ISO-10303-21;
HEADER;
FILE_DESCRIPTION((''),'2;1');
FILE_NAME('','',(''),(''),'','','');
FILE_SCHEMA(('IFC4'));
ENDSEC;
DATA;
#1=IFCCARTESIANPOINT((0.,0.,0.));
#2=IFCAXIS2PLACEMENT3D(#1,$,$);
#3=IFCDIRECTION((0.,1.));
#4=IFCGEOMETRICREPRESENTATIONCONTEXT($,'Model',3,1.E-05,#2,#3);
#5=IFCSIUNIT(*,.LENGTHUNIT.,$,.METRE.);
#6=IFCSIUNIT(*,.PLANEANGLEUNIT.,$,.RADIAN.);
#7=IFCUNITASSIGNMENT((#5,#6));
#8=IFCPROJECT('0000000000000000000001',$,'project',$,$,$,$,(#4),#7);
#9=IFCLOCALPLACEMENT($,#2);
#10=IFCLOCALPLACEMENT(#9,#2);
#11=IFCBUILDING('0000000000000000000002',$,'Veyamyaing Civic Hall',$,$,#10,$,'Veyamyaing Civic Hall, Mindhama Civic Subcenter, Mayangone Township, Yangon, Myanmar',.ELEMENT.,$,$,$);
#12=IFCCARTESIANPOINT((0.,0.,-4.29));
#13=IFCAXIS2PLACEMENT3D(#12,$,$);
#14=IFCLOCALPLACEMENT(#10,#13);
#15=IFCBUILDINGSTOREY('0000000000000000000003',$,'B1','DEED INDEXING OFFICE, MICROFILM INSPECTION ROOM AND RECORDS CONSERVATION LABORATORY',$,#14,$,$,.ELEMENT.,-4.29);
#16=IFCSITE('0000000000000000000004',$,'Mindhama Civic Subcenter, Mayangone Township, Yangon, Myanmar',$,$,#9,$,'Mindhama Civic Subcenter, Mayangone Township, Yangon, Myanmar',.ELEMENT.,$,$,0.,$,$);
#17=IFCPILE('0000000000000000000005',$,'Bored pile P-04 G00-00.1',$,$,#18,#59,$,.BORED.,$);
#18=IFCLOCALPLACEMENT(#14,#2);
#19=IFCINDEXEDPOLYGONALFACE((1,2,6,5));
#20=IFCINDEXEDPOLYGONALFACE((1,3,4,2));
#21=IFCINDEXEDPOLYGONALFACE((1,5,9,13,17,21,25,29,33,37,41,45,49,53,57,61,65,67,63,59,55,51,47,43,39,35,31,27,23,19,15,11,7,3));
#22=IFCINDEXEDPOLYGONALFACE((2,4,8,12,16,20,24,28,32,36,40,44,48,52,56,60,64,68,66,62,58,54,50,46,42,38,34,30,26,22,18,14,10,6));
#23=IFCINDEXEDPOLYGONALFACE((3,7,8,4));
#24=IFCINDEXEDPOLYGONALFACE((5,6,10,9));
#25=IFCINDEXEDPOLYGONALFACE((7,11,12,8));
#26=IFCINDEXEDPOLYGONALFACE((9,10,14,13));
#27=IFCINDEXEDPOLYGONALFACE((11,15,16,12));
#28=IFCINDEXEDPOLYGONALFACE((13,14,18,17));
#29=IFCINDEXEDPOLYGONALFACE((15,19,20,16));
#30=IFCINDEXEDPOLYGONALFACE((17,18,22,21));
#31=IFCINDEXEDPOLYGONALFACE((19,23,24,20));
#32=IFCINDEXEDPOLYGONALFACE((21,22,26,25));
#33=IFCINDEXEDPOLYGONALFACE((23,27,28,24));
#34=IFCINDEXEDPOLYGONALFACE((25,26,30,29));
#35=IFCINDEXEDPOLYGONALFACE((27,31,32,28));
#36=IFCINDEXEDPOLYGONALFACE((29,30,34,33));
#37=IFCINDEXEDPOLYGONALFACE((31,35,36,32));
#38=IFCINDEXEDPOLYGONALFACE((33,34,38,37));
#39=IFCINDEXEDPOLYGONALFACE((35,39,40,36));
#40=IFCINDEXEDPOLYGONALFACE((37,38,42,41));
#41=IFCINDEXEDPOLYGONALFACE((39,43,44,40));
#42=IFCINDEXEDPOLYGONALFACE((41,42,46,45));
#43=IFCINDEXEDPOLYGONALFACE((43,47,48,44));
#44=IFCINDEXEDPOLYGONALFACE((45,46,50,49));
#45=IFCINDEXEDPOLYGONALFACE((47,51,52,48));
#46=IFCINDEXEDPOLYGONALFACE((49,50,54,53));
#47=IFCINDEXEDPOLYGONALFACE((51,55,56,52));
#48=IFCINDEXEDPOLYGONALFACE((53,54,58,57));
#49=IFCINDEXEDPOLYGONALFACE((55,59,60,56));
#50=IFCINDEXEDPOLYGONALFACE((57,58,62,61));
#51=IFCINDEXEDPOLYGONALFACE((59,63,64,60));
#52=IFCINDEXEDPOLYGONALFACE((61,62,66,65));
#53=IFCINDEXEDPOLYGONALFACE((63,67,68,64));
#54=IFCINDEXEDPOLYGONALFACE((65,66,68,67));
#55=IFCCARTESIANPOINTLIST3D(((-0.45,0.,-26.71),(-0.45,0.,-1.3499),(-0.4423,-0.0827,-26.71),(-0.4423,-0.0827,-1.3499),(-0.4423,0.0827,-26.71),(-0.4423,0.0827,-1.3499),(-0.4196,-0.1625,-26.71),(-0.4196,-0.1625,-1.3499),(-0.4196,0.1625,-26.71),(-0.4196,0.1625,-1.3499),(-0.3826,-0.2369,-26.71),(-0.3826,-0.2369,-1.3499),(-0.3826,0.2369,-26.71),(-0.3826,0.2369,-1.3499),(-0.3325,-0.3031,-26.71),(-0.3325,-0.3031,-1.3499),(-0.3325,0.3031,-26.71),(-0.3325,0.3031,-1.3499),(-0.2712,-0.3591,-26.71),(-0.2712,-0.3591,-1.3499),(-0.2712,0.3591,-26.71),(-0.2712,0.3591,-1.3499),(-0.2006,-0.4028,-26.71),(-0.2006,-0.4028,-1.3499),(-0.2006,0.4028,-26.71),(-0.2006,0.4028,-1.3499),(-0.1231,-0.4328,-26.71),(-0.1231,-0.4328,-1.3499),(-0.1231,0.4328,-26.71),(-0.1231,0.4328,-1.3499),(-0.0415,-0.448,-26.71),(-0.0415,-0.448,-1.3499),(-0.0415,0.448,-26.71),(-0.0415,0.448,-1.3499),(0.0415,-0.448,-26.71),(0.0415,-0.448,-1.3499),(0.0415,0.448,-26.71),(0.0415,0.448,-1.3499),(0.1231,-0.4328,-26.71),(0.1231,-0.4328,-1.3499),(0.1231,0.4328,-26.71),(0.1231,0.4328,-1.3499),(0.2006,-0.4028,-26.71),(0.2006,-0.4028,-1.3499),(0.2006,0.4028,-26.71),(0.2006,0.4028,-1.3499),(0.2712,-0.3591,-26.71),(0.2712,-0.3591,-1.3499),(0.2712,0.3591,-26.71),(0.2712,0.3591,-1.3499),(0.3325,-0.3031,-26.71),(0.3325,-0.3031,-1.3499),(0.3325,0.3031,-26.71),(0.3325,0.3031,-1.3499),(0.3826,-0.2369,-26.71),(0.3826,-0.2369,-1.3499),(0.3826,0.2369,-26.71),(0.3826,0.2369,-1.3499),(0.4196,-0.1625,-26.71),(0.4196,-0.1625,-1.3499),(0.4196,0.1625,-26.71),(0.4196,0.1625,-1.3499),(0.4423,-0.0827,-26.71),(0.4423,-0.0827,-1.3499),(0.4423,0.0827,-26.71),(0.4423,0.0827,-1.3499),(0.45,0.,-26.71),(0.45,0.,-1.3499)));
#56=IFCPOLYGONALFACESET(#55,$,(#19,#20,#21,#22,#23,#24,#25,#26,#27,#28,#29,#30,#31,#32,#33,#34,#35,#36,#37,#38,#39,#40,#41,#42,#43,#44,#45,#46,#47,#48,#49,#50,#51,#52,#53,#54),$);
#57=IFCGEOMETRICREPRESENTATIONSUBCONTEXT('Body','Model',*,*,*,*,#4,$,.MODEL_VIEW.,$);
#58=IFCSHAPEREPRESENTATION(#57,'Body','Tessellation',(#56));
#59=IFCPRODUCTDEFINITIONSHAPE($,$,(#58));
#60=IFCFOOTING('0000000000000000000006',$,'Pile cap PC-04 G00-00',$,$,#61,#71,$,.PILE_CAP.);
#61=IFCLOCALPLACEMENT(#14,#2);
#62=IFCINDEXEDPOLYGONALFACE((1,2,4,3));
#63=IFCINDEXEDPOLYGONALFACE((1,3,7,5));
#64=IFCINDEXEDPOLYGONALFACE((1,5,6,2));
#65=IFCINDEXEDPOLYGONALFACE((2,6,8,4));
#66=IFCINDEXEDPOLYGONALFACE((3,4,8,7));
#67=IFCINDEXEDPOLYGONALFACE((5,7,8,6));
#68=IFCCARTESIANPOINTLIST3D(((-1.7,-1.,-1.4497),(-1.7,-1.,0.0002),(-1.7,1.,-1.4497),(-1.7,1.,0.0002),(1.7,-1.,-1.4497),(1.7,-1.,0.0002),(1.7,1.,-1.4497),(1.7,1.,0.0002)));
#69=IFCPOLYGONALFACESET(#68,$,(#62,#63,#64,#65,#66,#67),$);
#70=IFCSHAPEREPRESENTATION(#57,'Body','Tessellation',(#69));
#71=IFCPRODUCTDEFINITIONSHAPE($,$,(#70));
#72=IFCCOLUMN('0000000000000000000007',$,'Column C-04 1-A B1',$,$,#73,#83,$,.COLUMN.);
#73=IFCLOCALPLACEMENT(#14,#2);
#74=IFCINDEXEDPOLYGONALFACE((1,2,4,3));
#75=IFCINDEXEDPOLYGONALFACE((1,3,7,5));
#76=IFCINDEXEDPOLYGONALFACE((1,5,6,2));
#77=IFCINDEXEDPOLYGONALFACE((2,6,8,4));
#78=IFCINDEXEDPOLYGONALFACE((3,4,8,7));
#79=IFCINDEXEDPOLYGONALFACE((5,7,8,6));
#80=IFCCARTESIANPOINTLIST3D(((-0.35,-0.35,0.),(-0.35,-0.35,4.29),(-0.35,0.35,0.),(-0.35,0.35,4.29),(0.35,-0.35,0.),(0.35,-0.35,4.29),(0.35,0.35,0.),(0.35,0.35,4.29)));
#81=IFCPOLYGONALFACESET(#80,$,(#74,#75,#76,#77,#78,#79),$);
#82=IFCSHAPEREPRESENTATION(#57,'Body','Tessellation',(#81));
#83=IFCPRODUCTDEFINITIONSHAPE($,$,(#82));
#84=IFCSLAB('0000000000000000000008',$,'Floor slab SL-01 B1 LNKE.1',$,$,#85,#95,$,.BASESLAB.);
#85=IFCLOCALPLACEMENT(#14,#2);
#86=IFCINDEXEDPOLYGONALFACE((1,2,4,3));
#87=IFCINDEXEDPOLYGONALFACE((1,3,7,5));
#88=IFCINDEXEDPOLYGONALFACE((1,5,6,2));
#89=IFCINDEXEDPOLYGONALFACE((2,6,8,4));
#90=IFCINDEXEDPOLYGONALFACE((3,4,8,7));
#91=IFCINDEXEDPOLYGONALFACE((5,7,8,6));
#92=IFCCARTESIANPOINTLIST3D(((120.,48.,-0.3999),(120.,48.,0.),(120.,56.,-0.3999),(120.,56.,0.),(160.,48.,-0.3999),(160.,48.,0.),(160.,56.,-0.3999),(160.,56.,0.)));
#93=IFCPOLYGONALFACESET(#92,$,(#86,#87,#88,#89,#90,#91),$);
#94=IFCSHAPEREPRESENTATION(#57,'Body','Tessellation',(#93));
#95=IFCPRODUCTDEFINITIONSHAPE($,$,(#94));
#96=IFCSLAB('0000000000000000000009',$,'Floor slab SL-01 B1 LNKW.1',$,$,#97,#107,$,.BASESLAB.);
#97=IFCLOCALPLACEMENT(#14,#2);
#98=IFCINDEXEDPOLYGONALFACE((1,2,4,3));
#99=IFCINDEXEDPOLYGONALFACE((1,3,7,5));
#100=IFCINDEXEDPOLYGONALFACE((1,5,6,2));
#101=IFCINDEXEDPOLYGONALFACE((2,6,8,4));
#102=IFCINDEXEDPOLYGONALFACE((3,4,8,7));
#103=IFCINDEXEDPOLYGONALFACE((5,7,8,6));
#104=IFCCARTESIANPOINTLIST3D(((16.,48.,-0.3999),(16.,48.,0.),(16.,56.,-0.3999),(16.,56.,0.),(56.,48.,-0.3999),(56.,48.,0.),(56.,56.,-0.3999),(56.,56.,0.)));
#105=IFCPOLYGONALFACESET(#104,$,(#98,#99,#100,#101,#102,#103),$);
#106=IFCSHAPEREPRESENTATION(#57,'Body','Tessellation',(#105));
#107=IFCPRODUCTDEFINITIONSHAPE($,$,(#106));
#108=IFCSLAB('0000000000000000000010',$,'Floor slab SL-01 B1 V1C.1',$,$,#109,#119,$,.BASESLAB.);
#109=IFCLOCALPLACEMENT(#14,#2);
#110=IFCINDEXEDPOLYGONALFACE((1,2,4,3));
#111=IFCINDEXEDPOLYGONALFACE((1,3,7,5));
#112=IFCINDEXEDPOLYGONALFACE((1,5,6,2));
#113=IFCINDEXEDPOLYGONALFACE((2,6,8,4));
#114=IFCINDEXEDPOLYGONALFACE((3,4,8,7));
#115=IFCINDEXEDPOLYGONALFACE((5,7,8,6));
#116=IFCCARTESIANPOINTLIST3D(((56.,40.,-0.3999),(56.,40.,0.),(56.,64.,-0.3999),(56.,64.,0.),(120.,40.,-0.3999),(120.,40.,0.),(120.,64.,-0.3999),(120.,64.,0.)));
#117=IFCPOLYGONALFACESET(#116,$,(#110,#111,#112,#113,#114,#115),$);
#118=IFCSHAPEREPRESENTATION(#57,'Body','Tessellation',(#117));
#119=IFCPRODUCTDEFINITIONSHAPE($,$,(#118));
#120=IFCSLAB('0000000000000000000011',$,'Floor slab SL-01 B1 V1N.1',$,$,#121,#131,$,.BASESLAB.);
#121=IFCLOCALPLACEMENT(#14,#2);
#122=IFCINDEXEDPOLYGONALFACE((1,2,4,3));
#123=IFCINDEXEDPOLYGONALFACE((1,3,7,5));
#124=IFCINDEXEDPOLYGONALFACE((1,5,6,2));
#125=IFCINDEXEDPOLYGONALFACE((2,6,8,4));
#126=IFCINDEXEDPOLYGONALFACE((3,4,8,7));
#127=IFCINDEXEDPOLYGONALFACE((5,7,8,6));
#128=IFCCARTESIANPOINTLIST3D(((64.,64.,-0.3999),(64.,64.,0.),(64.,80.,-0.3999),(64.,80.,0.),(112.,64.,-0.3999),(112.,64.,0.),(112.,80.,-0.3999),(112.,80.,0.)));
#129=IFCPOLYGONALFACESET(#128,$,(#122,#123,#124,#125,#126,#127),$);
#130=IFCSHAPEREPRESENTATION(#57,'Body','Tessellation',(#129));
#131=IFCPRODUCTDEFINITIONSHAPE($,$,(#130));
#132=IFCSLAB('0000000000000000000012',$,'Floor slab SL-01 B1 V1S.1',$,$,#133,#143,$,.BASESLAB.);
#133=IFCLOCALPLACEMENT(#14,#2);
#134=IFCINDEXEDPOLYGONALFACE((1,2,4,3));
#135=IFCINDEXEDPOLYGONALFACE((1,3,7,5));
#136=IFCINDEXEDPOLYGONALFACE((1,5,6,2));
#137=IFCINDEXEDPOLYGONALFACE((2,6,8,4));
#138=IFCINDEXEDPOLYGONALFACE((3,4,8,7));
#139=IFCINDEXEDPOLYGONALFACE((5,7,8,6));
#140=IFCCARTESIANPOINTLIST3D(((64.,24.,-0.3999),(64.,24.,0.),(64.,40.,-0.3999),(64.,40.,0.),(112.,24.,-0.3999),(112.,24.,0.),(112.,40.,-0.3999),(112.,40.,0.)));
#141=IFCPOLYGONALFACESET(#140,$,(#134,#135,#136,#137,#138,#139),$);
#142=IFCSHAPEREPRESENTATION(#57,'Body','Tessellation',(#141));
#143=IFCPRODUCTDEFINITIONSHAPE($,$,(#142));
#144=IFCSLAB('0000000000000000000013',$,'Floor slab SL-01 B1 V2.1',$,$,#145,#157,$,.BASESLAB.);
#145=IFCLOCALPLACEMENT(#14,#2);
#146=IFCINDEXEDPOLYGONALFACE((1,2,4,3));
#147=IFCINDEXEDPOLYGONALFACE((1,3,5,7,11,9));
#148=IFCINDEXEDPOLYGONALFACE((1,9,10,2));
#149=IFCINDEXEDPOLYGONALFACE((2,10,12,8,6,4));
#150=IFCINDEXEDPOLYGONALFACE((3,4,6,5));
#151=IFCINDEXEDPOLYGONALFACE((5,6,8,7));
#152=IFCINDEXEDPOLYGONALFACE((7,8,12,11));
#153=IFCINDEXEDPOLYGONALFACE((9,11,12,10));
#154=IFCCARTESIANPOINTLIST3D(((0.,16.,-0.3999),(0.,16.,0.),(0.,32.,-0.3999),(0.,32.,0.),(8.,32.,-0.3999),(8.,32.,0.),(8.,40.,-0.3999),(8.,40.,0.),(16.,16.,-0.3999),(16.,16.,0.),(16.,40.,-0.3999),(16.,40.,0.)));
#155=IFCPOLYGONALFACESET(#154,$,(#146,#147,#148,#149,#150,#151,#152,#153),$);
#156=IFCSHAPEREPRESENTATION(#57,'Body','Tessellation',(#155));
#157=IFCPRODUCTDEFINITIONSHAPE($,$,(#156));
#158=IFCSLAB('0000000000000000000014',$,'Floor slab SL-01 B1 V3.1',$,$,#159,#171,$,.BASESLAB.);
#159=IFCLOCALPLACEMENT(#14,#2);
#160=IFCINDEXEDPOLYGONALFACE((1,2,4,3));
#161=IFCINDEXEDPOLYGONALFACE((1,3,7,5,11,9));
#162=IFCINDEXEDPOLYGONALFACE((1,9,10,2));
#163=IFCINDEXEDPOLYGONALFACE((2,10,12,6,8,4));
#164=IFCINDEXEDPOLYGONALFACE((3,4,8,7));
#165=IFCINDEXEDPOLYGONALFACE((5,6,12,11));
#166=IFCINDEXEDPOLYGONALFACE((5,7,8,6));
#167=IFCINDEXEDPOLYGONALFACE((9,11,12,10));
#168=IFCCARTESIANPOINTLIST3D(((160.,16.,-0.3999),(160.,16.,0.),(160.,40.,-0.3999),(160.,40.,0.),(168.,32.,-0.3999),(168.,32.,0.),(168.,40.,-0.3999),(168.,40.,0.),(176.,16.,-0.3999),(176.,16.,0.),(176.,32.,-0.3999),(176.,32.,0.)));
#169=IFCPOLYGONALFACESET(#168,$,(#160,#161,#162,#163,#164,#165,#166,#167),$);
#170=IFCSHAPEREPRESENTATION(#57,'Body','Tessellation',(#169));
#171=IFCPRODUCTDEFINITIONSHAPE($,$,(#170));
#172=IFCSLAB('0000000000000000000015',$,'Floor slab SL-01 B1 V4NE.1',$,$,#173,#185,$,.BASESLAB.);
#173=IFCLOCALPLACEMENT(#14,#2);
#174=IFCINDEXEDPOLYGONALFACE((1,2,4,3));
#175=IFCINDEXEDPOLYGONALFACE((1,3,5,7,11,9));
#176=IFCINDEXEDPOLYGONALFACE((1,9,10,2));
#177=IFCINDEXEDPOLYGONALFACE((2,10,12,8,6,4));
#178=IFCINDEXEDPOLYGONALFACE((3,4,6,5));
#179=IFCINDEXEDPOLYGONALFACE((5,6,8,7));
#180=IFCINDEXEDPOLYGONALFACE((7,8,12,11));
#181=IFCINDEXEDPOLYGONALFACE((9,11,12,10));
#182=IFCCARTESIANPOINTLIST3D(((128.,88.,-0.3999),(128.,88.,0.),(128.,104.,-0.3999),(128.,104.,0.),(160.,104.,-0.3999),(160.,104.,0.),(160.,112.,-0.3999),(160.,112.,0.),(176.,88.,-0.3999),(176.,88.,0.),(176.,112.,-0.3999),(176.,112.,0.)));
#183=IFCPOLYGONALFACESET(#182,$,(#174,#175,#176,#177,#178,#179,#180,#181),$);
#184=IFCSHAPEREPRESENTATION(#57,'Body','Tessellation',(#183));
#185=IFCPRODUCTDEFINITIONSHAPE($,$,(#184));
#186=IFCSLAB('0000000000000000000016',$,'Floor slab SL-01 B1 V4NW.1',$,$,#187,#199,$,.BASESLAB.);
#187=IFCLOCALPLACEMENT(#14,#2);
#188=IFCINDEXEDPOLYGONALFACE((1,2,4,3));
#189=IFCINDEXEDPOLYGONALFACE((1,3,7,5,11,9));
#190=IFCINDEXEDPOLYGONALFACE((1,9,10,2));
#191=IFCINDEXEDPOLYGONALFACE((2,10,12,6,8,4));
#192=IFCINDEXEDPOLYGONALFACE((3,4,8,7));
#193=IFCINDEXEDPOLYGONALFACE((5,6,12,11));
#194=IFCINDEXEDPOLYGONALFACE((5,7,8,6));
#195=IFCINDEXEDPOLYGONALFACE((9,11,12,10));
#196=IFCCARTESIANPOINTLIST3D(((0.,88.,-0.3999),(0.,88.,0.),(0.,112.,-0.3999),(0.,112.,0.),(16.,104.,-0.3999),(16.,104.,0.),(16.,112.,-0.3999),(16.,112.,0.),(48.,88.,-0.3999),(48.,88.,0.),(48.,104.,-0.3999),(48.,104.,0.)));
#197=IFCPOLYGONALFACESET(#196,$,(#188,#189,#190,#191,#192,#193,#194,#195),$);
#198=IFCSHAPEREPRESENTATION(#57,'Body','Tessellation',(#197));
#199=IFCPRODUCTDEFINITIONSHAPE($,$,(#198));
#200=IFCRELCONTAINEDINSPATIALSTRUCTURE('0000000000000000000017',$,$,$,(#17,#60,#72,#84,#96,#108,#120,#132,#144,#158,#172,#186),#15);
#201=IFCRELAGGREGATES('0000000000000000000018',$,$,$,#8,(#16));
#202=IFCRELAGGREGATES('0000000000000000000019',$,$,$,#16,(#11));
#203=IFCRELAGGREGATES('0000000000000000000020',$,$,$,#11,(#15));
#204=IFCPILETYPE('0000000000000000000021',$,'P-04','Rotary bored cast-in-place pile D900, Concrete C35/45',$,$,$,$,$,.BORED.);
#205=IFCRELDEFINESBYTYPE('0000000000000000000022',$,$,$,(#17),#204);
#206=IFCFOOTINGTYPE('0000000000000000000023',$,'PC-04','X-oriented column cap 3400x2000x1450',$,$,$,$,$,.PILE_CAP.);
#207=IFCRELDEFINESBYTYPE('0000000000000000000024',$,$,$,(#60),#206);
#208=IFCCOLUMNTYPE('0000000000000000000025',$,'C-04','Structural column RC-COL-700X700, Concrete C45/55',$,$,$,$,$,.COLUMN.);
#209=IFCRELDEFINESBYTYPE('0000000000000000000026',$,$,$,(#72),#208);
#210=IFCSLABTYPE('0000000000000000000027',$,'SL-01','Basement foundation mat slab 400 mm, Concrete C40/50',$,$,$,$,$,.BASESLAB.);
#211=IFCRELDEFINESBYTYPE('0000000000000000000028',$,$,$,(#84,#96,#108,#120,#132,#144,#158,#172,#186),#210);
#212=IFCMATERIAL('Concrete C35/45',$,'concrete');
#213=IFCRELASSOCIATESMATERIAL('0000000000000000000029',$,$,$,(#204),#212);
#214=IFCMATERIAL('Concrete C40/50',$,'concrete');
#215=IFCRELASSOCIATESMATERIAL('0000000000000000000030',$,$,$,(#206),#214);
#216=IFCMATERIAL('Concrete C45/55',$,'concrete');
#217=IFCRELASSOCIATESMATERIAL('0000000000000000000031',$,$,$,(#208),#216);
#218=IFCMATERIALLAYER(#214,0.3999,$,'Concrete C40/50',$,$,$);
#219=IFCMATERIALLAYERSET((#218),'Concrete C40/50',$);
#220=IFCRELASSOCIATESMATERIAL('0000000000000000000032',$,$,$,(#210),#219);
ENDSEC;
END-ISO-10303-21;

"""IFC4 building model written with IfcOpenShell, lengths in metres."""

from ifc_helpers import new_model, si_unit, direction, frame, origin, origin_with_axes, origin_2d, place, context, subcontext, project, spatial, polyline, rectangle, circle, outline, extrude, material, layer, layer_set, material_profile, profile_set, type_object, element, save


model = new_model("IFC4")

# Units and contexts
model_context = context("Model", 3, precision=1e-05, world=origin(), true_north=direction((0.0, 1.0)))
body_context = subcontext(model_context, "Body", "Model", "MODEL_VIEW")
ifc_project = project(units=[si_unit("LENGTHUNIT", "METRE"), si_unit("PLANEANGLEUNIT", "RADIAN")], contexts=[model_context])

# Site, building, storey
site_placement = place(None, origin())
site = spatial("IfcSite", under=ifc_project, at=site_placement, Name="Mindhama Civic Subcenter, Mayangone Township, Yangon, Myanmar", LongName="Mindhama Civic Subcenter, Mayangone Township, Yangon, Myanmar", CompositionType="ELEMENT", RefElevation=0.0)
building_placement = place(site_placement, origin())
building = spatial("IfcBuilding", under=site, at=building_placement, Name="Veyamyaing Civic Hall", LongName="Veyamyaing Civic Hall, Mindhama Civic Subcenter, Mayangone Township, Yangon, Myanmar", CompositionType="ELEMENT")
storey_placement = place(building_placement, frame((0.0, 0.0, -4.29)))
storey = spatial("IfcBuildingStorey", under=building, at=storey_placement, Name="B1", Description="DEED INDEXING OFFICE, MICROFILM INSPECTION ROOM AND RECORDS CONSERVATION LABORATORY", CompositionType="ELEMENT", Elevation=-4.29)

# Pile
ifc_material_1 = material(Name="Concrete C35/45", Category="concrete")
ifc_material_profile_1 = material_profile(ifc_material_1, circle(Radius=0.45, at=origin_2d()), Name="PILE-D900")
ifc_profile_set_1 = profile_set([ifc_material_profile_1], Name="Concrete C35/45")
pile_type = type_object("IfcPileType", Name="P-04", Description="Rotary bored cast-in-place pile D900, Concrete C35/45", PredefinedType="BORED", material=ifc_profile_set_1)
pile_placement = place(storey_placement, frame((0.0, 0.0, -1.3499), z_axis=(0.0, 0.0, -1.0), x_axis=(1.0, 0.0, 0.0)))
element("IfcPile", 1, at=pile_placement, inside=storey, type_object=pile_type, Name="Bored pile P-04 G00-00.1", PredefinedType="BORED", context=body_context, shape_type="SweptSolid", body=[
    extrude(circle(Radius=0.45, at=origin_2d()), origin(), (0.0, 0.0, 1.0), 25.3601),
])

# Footing
ifc_material_2 = material(Name="Concrete C40/50", Category="concrete")
footing_type = type_object("IfcFootingType", Name="PC-04", Description="X-oriented column cap 3400x2000x1450", PredefinedType="PILE_CAP", material=ifc_material_2)
footing_placement = place(storey_placement, frame((0.0, 0.0, -1.4497), z_axis=(0.0, 0.0, 1.0), x_axis=(1.0, 0.0, 0.0)))
element("IfcFooting", 2, at=footing_placement, inside=storey, type_object=footing_type, Name="Pile cap PC-04 G00-00", PredefinedType="PILE_CAP", context=body_context, shape_type="SweptSolid", body=[
    extrude(rectangle(XDim=3.3999, YDim=2.0, at=origin_2d()), origin(), (0.0, 0.0, 1.0), 1.45),
])

# Column
ifc_material_3 = material(Name="Concrete C45/55", Category="concrete")
ifc_material_profile_2 = material_profile(ifc_material_3, rectangle(XDim=0.7, YDim=0.7, at=origin_2d()), Name="RC-COL-700X700")
ifc_profile_set_2 = profile_set([ifc_material_profile_2], Name="Concrete C45/55")
column_type = type_object("IfcColumnType", Name="C-04", Description="Structural column RC-COL-700X700, Concrete C45/55", PredefinedType="COLUMN", material=ifc_profile_set_2)
column_placement = place(storey_placement, origin_with_axes())
element("IfcColumn", 3, at=column_placement, inside=storey, type_object=column_type, Name="Column C-04 1-A B1", PredefinedType="COLUMN", context=body_context, shape_type="SweptSolid", body=[
    extrude(rectangle(XDim=0.7, YDim=0.7, at=origin_2d()), origin(), (0.0, 0.0, 1.0), 4.29),
])

# Slabs
ifc_layer_1 = layer(ifc_material_2, 0.3999, Name="Concrete C40/50")
ifc_layer_set_1 = layer_set([ifc_layer_1], Name="Concrete C40/50")
slab_type_1 = type_object("IfcSlabType", Name="SL-01", Description="Basement foundation mat slab 400 mm, Concrete C40/50", PredefinedType="BASESLAB", material=ifc_layer_set_1)
slab_1_placement = place(storey_placement, frame((0.0, 0.0, -0.3999)))
element("IfcSlab", 4, at=slab_1_placement, inside=storey, type_object=slab_type_1, Name="Floor slab SL-01 B1 LNKE.1", PredefinedType="BASESLAB", context=body_context, shape_type="SweptSolid", body=[
    extrude(outline(polyline([(120.0, 56.0), (160.0, 56.0), (160.0, 48.0), (120.0, 48.0), (120.0, 56.0)])), origin(), (0.0, 0.0, 1.0), 0.3999),
])
slab_2_placement = place(storey_placement, frame((0.0, 0.0, -0.3999)))
element("IfcSlab", 5, at=slab_2_placement, inside=storey, type_object=slab_type_1, Name="Floor slab SL-01 B1 LNKW.1", PredefinedType="BASESLAB", context=body_context, shape_type="SweptSolid", body=[
    extrude(outline(polyline([(16.0, 56.0), (56.0, 56.0), (56.0, 48.0), (16.0, 48.0), (16.0, 56.0)])), origin(), (0.0, 0.0, 1.0), 0.3999),
])
slab_3_placement = place(storey_placement, frame((0.0, 0.0, -0.3999)))
element("IfcSlab", 6, at=slab_3_placement, inside=storey, type_object=slab_type_1, Name="Floor slab SL-01 B1 V1C.1", PredefinedType="BASESLAB", context=body_context, shape_type="SweptSolid", body=[
    extrude(outline(polyline([(56.0, 64.0), (120.0, 64.0), (120.0, 40.0), (56.0, 40.0), (56.0, 64.0)])), origin(), (0.0, 0.0, 1.0), 0.3999),
])
slab_4_placement = place(storey_placement, frame((0.0, 0.0, -0.3999)))
element("IfcSlab", 7, at=slab_4_placement, inside=storey, type_object=slab_type_1, Name="Floor slab SL-01 B1 V1N.1", PredefinedType="BASESLAB", context=body_context, shape_type="SweptSolid", body=[
    extrude(outline(polyline([(64.0, 80.0), (112.0, 80.0), (112.0, 64.0), (64.0, 64.0), (64.0, 80.0)])), origin(), (0.0, 0.0, 1.0), 0.3999),
])
slab_5_placement = place(storey_placement, frame((0.0, 0.0, -0.3999)))
element("IfcSlab", 8, at=slab_5_placement, inside=storey, type_object=slab_type_1, Name="Floor slab SL-01 B1 V1S.1", PredefinedType="BASESLAB", context=body_context, shape_type="SweptSolid", body=[
    extrude(outline(polyline([(64.0, 40.0), (112.0, 40.0), (112.0, 24.0), (64.0, 24.0), (64.0, 40.0)])), origin(), (0.0, 0.0, 1.0), 0.3999),
])
slab_6_placement = place(storey_placement, frame((0.0, 0.0, -0.3999)))
element("IfcSlab", 9, at=slab_6_placement, inside=storey, type_object=slab_type_1, Name="Floor slab SL-01 B1 V2.1", PredefinedType="BASESLAB", context=body_context, shape_type="SweptSolid", body=[
    extrude(outline(polyline([(0.0, 16.0), (0.0, 32.0), (8.0, 32.0), (8.0, 40.0), (16.0, 40.0), (16.0, 16.0), (0.0, 16.0)])), origin(), (0.0, 0.0, 1.0), 0.3999),
])
slab_7_placement = place(storey_placement, frame((0.0, 0.0, -0.3999)))
element("IfcSlab", 10, at=slab_7_placement, inside=storey, type_object=slab_type_1, Name="Floor slab SL-01 B1 V3.1", PredefinedType="BASESLAB", context=body_context, shape_type="SweptSolid", body=[
    extrude(outline(polyline([(160.0, 16.0), (160.0, 40.0), (168.0, 40.0), (168.0, 32.0), (176.0, 32.0), (176.0, 16.0), (160.0, 16.0)])), origin(), (0.0, 0.0, 1.0), 0.3999),
])
slab_8_placement = place(storey_placement, frame((0.0, 0.0, -0.3999)))
element("IfcSlab", 11, at=slab_8_placement, inside=storey, type_object=slab_type_1, Name="Floor slab SL-01 B1 V4NE.1", PredefinedType="BASESLAB", context=body_context, shape_type="SweptSolid", body=[
    extrude(outline(polyline([(128.0, 104.0), (160.0, 104.0), (160.0, 112.0), (176.0, 112.0), (176.0, 88.0), (128.0, 88.0), (128.0, 104.0)])), origin(), (0.0, 0.0, 1.0), 0.3999),
])
slab_9_placement = place(storey_placement, frame((0.0, 0.0, -0.3999)))
element("IfcSlab", 12, at=slab_9_placement, inside=storey, type_object=slab_type_1, Name="Floor slab SL-01 B1 V4NW.1", PredefinedType="BASESLAB", context=body_context, shape_type="SweptSolid", body=[
    extrude(outline(polyline([(0.0, 88.0), (0.0, 112.0), (16.0, 112.0), (16.0, 104.0), (48.0, 104.0), (48.0, 88.0), (0.0, 88.0)])), origin(), (0.0, 0.0, 1.0), 0.3999),
])

save(model, "model.ifc")
